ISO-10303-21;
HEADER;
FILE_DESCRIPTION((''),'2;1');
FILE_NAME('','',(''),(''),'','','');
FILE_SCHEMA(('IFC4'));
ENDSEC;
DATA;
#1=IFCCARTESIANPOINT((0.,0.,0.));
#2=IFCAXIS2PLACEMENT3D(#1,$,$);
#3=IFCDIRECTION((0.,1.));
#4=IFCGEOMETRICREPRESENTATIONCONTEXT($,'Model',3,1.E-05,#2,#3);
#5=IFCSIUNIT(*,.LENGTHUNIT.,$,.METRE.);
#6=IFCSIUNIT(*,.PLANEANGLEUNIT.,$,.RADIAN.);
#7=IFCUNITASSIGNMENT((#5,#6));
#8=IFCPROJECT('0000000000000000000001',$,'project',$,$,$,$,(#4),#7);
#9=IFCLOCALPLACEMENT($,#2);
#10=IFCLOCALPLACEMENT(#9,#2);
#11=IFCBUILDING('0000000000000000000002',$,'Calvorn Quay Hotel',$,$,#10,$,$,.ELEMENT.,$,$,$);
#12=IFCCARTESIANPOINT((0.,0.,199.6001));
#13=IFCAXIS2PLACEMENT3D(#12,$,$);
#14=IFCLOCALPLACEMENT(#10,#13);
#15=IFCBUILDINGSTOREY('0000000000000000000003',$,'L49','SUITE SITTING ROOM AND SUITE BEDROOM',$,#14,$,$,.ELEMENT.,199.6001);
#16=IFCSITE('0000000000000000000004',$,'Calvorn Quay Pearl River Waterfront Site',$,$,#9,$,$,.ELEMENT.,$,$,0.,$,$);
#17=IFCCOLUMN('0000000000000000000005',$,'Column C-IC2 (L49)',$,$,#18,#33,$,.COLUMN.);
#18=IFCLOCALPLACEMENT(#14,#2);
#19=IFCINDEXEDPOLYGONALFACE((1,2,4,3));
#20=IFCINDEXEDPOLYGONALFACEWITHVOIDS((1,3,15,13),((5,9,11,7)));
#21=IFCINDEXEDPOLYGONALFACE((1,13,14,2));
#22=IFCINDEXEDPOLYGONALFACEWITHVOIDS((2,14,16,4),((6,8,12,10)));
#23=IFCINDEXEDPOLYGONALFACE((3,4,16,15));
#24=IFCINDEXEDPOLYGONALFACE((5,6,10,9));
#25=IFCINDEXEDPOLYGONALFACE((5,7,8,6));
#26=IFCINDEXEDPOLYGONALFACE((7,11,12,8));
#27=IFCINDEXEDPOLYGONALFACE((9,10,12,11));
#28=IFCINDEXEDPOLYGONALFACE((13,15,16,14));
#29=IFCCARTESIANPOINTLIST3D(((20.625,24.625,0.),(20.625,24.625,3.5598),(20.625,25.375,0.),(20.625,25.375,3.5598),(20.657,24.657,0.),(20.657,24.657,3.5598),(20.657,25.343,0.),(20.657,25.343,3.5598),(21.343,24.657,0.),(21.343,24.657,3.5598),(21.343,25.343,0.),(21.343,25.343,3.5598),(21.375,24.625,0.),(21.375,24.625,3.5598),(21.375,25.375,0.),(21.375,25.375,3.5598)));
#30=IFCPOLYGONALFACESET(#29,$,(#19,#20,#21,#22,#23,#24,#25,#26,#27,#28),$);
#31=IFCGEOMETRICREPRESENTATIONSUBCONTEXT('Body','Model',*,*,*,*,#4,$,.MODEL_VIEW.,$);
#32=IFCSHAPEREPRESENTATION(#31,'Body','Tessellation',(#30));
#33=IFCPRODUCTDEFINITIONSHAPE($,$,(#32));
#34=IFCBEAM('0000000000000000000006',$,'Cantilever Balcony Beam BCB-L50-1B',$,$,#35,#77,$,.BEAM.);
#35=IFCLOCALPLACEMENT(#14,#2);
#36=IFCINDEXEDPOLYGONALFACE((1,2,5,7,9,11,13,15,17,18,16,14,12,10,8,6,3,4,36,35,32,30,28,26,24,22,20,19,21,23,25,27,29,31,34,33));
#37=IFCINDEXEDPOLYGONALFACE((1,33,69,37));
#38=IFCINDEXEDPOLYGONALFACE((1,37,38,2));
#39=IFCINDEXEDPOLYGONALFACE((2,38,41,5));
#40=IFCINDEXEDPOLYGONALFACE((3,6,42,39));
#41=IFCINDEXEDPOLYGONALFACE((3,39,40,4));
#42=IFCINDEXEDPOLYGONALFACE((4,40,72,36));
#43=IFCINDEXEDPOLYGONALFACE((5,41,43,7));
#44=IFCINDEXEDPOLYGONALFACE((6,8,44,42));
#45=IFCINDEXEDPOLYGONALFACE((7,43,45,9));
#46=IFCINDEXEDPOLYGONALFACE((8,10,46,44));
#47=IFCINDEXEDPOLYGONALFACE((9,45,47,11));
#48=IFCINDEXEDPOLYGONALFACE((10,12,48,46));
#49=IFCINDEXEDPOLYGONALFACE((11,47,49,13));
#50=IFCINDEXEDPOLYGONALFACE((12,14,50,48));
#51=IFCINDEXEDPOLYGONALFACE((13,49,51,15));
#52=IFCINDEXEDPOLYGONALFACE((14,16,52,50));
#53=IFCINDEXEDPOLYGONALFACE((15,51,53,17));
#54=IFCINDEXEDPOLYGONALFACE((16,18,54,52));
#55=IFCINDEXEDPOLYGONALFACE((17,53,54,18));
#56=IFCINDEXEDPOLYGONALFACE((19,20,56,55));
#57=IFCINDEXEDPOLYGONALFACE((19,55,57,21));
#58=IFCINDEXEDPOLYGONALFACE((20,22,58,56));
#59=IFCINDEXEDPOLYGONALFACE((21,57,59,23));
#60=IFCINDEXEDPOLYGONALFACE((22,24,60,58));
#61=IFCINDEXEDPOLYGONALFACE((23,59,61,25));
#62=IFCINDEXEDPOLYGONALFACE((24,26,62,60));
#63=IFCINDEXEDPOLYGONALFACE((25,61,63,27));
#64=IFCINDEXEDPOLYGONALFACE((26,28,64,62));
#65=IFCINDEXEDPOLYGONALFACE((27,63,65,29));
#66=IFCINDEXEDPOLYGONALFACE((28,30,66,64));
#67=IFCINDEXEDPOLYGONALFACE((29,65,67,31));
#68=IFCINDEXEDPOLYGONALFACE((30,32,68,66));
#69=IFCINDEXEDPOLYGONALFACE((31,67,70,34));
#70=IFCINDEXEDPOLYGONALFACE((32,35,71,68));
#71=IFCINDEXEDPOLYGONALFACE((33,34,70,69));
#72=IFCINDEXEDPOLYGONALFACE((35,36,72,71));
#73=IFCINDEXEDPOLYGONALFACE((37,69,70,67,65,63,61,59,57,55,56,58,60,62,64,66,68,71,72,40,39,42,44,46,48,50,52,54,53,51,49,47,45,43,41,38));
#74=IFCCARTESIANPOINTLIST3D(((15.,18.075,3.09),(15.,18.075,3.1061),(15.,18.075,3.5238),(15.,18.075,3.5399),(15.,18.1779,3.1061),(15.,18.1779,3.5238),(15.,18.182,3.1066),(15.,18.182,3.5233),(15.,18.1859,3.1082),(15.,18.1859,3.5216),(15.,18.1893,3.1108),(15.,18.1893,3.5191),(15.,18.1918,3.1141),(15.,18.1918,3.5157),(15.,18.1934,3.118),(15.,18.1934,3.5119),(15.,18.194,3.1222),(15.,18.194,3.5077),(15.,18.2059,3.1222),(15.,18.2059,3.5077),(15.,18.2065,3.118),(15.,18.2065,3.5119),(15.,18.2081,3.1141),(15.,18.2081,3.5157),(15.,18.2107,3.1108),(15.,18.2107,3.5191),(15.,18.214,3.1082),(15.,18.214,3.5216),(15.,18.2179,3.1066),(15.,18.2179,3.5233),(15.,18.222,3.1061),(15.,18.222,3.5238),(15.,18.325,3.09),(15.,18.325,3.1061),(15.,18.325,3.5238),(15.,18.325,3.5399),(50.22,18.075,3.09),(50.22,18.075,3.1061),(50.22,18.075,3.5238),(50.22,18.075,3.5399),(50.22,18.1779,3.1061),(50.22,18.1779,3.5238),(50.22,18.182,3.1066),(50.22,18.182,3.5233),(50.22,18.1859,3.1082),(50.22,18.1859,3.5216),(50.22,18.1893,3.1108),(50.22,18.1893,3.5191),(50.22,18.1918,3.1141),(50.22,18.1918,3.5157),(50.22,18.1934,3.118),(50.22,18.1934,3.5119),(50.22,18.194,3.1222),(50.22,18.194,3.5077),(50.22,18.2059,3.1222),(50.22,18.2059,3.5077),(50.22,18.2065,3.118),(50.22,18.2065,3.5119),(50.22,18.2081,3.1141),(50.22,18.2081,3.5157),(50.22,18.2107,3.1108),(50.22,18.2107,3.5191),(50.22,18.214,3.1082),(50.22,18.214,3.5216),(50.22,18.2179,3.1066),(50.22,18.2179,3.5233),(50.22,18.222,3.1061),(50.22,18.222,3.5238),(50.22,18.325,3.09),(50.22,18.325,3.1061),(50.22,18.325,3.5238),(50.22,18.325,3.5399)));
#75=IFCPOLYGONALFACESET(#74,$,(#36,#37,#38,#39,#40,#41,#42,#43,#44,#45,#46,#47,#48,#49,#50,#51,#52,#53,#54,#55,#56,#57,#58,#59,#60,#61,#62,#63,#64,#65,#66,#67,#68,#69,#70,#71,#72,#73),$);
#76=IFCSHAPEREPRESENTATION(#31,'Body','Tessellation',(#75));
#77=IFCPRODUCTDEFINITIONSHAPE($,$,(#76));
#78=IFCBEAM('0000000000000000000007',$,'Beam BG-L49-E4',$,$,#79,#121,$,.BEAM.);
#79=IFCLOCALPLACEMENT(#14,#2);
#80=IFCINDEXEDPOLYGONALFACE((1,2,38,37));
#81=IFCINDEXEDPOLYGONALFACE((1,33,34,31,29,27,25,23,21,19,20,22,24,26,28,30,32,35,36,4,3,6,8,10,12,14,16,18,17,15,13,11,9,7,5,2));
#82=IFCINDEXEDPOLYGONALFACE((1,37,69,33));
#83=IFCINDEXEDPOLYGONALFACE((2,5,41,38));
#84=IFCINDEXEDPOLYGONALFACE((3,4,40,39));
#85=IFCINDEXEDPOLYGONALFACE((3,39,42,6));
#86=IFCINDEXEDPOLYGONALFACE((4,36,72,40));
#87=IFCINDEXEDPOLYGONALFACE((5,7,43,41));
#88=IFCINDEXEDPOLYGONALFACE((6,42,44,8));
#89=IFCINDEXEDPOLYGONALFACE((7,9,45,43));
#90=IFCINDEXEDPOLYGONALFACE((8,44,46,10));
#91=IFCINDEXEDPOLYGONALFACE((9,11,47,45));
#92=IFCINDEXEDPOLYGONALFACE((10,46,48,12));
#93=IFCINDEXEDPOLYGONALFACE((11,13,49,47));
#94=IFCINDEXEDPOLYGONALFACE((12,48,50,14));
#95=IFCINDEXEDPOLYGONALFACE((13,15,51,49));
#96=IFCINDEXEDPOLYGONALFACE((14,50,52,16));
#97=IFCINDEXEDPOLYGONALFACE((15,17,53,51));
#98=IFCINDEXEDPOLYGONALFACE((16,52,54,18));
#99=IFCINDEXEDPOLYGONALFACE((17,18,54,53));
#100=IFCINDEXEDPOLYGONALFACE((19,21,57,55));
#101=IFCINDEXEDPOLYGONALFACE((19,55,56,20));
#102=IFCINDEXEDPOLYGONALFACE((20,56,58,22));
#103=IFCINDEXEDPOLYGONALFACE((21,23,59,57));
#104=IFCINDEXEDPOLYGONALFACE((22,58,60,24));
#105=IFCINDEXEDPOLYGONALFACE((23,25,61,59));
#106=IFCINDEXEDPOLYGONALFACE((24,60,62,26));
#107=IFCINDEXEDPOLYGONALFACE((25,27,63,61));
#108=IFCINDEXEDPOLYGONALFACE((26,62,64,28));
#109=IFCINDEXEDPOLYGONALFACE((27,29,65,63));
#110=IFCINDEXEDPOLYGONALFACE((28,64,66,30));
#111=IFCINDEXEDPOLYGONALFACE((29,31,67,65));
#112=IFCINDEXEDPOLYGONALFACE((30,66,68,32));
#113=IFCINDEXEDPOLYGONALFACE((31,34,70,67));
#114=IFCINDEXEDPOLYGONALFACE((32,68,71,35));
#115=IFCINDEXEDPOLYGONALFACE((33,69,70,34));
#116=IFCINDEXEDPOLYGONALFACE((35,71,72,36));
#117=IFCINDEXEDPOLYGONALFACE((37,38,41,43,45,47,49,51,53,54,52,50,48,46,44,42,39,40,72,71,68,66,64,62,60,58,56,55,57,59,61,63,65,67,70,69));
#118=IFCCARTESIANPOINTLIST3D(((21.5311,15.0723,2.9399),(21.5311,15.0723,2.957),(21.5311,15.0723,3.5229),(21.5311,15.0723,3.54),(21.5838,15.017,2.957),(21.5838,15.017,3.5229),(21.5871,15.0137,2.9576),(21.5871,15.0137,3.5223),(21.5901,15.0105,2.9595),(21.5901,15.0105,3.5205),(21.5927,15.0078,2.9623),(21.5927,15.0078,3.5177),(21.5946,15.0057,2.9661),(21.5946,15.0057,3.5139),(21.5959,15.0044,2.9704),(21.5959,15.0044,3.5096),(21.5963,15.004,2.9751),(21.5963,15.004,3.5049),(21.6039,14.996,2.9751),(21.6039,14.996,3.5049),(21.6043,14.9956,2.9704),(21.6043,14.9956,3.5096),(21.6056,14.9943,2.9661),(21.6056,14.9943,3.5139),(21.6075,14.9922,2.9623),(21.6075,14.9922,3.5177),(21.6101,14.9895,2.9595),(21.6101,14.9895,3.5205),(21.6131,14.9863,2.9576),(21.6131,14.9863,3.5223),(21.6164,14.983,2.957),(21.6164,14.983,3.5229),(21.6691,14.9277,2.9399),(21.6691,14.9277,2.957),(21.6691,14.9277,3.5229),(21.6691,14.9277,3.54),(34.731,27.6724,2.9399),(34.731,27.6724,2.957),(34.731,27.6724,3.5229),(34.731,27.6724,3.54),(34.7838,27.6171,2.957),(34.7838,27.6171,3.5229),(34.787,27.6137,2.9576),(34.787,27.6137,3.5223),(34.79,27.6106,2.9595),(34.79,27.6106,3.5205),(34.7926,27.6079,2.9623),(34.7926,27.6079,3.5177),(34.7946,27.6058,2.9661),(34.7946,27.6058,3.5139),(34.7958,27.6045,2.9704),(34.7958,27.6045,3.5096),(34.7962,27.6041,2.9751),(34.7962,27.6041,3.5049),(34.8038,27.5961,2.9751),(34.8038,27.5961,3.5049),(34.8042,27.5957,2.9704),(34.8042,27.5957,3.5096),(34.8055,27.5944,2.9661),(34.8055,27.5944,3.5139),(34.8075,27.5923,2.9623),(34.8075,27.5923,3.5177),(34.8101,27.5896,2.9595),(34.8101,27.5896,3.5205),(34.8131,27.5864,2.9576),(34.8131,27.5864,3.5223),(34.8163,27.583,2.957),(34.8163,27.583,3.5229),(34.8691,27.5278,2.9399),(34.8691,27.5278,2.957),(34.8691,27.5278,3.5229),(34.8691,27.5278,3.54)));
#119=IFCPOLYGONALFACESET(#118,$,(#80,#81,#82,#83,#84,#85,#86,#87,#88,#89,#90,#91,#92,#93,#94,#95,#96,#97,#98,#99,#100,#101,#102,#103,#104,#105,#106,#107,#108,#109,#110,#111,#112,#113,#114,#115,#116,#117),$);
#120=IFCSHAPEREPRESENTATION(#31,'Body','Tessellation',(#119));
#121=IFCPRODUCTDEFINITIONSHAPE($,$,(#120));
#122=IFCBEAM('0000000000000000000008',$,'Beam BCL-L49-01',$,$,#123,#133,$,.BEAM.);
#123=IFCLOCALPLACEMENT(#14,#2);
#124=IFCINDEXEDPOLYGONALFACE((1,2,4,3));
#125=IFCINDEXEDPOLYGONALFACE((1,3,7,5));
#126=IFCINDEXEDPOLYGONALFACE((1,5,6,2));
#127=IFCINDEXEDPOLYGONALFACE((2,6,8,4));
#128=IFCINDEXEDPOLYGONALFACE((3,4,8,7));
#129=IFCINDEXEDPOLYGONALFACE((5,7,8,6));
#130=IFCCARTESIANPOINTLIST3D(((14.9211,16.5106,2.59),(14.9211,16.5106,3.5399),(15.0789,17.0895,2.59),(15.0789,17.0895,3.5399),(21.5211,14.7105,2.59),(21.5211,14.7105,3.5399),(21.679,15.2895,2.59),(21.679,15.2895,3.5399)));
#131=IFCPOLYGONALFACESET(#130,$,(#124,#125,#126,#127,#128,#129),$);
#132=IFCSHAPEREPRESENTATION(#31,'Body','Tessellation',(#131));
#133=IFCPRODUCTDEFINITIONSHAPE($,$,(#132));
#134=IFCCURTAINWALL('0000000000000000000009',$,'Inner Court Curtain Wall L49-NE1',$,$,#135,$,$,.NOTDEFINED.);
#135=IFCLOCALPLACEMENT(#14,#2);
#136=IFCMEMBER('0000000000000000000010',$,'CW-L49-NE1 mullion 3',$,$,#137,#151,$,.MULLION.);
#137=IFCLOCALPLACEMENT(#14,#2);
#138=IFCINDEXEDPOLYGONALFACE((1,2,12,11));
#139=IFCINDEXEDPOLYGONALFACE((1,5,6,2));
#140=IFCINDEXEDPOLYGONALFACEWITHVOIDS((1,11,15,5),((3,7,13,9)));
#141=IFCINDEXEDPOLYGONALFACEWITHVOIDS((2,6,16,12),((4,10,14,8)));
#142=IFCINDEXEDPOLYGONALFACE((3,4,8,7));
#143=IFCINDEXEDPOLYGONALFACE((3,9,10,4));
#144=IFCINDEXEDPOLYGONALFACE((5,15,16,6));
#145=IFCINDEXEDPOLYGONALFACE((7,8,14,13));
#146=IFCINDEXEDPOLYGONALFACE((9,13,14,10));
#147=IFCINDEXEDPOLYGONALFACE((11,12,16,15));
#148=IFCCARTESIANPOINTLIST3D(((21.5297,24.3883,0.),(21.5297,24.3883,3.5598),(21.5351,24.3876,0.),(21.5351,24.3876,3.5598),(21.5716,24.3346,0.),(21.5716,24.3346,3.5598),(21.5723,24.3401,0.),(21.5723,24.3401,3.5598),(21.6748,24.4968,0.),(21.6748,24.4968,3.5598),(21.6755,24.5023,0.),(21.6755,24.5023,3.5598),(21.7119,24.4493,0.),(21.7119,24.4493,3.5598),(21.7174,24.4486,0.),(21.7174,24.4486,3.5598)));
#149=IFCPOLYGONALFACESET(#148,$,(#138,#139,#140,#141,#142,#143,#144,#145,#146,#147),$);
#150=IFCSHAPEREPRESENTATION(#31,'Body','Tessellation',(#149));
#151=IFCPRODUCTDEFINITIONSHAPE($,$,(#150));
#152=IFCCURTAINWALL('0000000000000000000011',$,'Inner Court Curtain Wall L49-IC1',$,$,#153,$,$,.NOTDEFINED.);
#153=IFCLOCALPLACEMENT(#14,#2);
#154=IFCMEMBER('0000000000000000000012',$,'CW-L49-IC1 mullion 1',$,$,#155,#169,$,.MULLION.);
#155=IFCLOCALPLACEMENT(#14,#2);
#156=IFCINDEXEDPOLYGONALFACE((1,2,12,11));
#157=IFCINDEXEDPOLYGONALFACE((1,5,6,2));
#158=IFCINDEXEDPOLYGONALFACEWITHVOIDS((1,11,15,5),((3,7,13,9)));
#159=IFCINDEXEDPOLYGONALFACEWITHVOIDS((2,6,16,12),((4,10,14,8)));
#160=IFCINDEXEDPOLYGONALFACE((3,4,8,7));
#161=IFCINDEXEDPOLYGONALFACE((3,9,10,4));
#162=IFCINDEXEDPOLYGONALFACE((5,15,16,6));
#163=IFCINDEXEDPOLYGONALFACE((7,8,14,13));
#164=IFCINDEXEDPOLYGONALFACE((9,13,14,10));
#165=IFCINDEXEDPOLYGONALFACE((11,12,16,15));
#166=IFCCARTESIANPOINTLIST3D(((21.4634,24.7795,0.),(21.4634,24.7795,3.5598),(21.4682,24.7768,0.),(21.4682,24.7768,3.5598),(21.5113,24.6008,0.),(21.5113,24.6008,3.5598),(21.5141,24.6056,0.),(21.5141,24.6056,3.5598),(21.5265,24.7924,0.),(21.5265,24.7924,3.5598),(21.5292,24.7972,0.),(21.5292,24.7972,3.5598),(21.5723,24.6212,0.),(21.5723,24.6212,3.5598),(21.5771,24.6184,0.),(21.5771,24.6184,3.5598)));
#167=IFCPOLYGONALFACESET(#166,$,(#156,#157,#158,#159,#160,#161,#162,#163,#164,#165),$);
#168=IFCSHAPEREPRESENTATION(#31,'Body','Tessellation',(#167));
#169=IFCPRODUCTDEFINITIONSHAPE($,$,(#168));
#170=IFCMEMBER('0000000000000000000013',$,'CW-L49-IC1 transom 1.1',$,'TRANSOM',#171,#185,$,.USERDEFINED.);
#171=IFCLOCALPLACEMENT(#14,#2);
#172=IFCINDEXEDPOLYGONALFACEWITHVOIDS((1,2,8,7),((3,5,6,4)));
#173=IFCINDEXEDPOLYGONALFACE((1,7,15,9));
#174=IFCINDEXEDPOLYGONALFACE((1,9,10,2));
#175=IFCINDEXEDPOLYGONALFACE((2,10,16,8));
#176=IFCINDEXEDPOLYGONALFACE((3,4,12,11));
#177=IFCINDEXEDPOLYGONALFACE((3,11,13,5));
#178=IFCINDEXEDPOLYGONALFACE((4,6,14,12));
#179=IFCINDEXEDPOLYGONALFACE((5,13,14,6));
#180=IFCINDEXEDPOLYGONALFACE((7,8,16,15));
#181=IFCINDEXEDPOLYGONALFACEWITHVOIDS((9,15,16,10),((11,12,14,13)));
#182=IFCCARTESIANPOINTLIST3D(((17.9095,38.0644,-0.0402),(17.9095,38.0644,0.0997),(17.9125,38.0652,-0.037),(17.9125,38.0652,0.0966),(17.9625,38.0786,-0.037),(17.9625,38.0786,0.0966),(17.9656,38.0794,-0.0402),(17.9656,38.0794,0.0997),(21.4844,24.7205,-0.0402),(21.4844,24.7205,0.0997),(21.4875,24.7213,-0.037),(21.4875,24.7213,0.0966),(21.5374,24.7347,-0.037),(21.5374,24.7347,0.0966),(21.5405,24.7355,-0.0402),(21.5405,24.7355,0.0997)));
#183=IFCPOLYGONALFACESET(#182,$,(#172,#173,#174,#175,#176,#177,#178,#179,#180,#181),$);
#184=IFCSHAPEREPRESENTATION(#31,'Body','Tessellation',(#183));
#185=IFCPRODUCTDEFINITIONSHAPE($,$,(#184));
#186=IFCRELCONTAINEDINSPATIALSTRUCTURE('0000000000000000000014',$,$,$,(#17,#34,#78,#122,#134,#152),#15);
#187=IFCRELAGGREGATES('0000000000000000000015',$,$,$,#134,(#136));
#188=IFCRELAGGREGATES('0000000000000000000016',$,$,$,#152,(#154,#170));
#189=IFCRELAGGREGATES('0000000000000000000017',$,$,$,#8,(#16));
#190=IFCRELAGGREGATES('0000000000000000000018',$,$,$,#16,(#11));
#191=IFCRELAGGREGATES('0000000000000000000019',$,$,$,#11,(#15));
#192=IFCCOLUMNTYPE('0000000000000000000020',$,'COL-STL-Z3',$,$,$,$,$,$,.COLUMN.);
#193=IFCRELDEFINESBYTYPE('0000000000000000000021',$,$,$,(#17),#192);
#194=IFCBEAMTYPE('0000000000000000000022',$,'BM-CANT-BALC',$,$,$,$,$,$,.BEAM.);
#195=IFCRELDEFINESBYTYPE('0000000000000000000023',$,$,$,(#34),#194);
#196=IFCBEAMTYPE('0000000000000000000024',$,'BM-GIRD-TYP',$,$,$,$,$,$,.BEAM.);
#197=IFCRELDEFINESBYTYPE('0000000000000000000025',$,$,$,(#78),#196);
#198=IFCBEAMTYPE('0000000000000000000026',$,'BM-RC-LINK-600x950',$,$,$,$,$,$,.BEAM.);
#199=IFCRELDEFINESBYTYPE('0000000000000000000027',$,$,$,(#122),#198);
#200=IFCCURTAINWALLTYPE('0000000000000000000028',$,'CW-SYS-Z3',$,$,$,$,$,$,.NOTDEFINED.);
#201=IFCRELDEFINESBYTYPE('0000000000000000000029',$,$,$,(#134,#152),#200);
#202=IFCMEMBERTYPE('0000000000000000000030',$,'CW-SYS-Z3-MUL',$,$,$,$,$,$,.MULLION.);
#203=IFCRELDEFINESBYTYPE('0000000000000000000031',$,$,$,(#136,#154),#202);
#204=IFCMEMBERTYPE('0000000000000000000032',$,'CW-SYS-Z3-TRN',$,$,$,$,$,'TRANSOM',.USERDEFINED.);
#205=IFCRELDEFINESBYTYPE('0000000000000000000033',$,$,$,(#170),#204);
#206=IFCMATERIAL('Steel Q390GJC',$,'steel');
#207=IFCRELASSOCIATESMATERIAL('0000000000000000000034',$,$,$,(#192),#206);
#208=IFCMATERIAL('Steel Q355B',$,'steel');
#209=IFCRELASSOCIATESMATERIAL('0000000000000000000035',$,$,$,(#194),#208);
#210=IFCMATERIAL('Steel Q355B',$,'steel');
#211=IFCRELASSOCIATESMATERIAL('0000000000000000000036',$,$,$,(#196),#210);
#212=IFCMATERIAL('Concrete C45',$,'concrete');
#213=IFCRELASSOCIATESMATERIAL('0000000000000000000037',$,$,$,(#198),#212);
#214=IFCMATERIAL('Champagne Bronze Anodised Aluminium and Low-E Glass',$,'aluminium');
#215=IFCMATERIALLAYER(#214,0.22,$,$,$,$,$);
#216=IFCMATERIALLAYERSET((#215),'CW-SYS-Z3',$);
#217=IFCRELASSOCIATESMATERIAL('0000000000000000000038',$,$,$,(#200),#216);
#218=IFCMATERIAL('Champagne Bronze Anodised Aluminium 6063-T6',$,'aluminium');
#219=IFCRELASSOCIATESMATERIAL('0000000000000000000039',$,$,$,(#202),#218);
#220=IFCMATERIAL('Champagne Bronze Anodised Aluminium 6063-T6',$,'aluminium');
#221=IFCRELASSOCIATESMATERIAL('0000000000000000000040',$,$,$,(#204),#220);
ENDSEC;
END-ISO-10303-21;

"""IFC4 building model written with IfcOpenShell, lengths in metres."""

from ifc_helpers import new_model, si_unit, direction, frame, origin, origin_2d, place, context, subcontext, project, spatial, rectangle, hollow_rectangle, i_section, extrude, material, layer, layer_set, material_profile, profile_set, type_object, element, aggregate, save


model = new_model("IFC4")

# Units and contexts
model_context = context("Model", 3, precision=1e-05, world=origin(), true_north=direction((0.0, 1.0)))
body_context = subcontext(model_context, "Body", "Model", "MODEL_VIEW")
ifc_project = project(units=[si_unit("LENGTHUNIT", "METRE"), si_unit("PLANEANGLEUNIT", "RADIAN")], contexts=[model_context])

# Site, building, storey
site_placement = place(None, origin())
site = spatial("IfcSite", under=ifc_project, at=site_placement, Name="Calvorn Quay Pearl River Waterfront Site", CompositionType="ELEMENT", RefElevation=0.0)
building_placement = place(site_placement, origin())
building = spatial("IfcBuilding", under=site, at=building_placement, Name="Calvorn Quay Hotel", CompositionType="ELEMENT")
storey_placement = place(building_placement, frame((0.0, 0.0, 199.6001)))
storey = spatial("IfcBuildingStorey", under=building, at=storey_placement, Name="L49", Description="SUITE SITTING ROOM AND SUITE BEDROOM", CompositionType="ELEMENT", Elevation=199.6001)

# Column
ifc_material_1 = material(Name="Steel Q390GJC", Category="steel")
ifc_material_profile_1 = material_profile(ifc_material_1, hollow_rectangle(XDim=0.75, YDim=0.75, WallThickness=0.032, at=origin_2d()), Name="BOX750x750x32")
ifc_profile_set_1 = profile_set([ifc_material_profile_1], Name="Steel Q390GJC")
column_type = type_object("IfcColumnType", Name="COL-STL-Z3", PredefinedType="COLUMN", material=ifc_profile_set_1)
column_placement = place(storey_placement, frame((21.0, 25.0, 0.0), z_axis=(0.0, 0.0, 1.0), x_axis=(1.0, 0.0, 0.0)))
element("IfcColumn", 1, at=column_placement, inside=storey, type_object=column_type, Name="Column C-IC2 (L49)", PredefinedType="COLUMN", context=body_context, shape_type="SweptSolid", body=[
    extrude(hollow_rectangle(XDim=0.75, YDim=0.75, WallThickness=0.032, at=origin_2d()), origin(), (0.0, 0.0, 1.0), 3.5598),
])

# Beams
ifc_material_2 = material(Name="Steel Q355B", Category="steel")
ifc_material_profile_2 = material_profile(ifc_material_2, i_section(OverallWidth=0.25, OverallDepth=0.45, WebThickness=0.012, FlangeThickness=0.0161, FilletRadius=0.0161, at=origin_2d()), Name="HN450x250x12x16")
ifc_profile_set_2 = profile_set([ifc_material_profile_2], Name="Steel Q355B")
beam_type_1 = type_object("IfcBeamType", Name="BM-CANT-BALC", PredefinedType="BEAM", material=ifc_profile_set_2)
beam_1_placement = place(storey_placement, frame((15.0, 18.2, 3.3149), z_axis=(1.0, 0.0, 0.0), x_axis=(0.0, 1.0, 0.0)))
element("IfcBeam", 2, at=beam_1_placement, inside=storey, type_object=beam_type_1, Name="Cantilever Balcony Beam BCB-L50-1B", PredefinedType="BEAM", context=body_context, shape_type="SweptSolid", body=[
    extrude(i_section(OverallWidth=0.25, OverallDepth=0.45, WebThickness=0.012, FlangeThickness=0.0161, FilletRadius=0.0161, at=origin_2d()), origin(), (0.0, 0.0, 1.0), 35.22),
])
ifc_material_3 = material(Name="Steel Q355B", Category="steel")
ifc_material_profile_3 = material_profile(ifc_material_3, i_section(OverallWidth=0.2, OverallDepth=0.6001, WebThickness=0.011, FlangeThickness=0.0171, FilletRadius=0.0181, at=origin_2d()), Name="HN600x200x11x17")
ifc_profile_set_3 = profile_set([ifc_material_profile_3], Name="Steel Q355B")
beam_type_2 = type_object("IfcBeamType", Name="BM-GIRD-TYP", PredefinedType="BEAM", material=ifc_profile_set_3)
beam_2_placement = place(storey_placement, frame((21.6001, 15.0, 3.24), z_axis=(0.723352, 0.69048, 0.0), x_axis=(-0.69048, 0.723352, 0.0)))
element("IfcBeam", 3, at=beam_2_placement, inside=storey, type_object=beam_type_2, Name="Beam BG-L49-E4", PredefinedType="BEAM", context=body_context, shape_type="SweptSolid", body=[
    extrude(i_section(OverallWidth=0.2, OverallDepth=0.6001, WebThickness=0.011, FlangeThickness=0.0171, FilletRadius=0.0181, at=origin_2d()), origin(), (0.0, 0.0, 1.0), 18.2483),
])
ifc_material_4 = material(Name="Concrete C45", Category="concrete")
ifc_material_profile_4 = material_profile(ifc_material_4, rectangle(XDim=0.6001, YDim=0.95, at=origin_2d()), Name="RCB600x950")
ifc_profile_set_4 = profile_set([ifc_material_profile_4], Name="Concrete C45")
beam_type_3 = type_object("IfcBeamType", Name="BM-RC-LINK-600x950", PredefinedType="BEAM", material=ifc_profile_set_4)
beam_3_placement = place(storey_placement, frame((15.0, 16.8, 3.0649), z_axis=(0.964763, -0.26312, 0.0), x_axis=(0.26312, 0.964763, 0.0)))
element("IfcBeam", 4, at=beam_3_placement, inside=storey, type_object=beam_type_3, Name="Beam BCL-L49-01", PredefinedType="BEAM", context=body_context, shape_type="SweptSolid", body=[
    extrude(rectangle(XDim=0.6001, YDim=0.95, at=origin_2d()), origin(), (0.0, 0.0, 1.0), 6.8411),
])

# Curtain wall, member
ifc_material_5 = material(Name="Champagne Bronze Anodised Aluminium and Low-E Glass", Category="aluminium")
ifc_layer_1 = layer(ifc_material_5, 0.22)
ifc_layer_set_1 = layer_set([ifc_layer_1], Name="CW-SYS-Z3")
curtain_wall_type = type_object("IfcCurtainWallType", Name="CW-SYS-Z3", PredefinedType="NOTDEFINED", material=ifc_layer_set_1)
curtain_wall_1_placement = place(storey_placement, origin())
curtain_wall_1 = element("IfcCurtainWall", 5, at=curtain_wall_1_placement, inside=storey, type_object=curtain_wall_type, Name="Inner Court Curtain Wall L49-NE1", PredefinedType="NOTDEFINED")
ifc_material_6 = material(Name="Champagne Bronze Anodised Aluminium 6063-T6", Category="aluminium")
ifc_material_profile_5 = material_profile(ifc_material_6, hollow_rectangle(XDim=0.0681, YDim=0.1851, WallThickness=0.0039, at=origin_2d()), Name="ALU-M185x68x4")
ifc_profile_set_5 = profile_set([ifc_material_profile_5], Name="Champagne Bronze Anodised Aluminium 6063-T6")
member_type_1 = type_object("IfcMemberType", Name="CW-SYS-Z3-MUL", PredefinedType="MULLION", material=ifc_profile_set_5)
member_1_placement = place(storey_placement, frame((21.6235, 24.4185, 0.0), z_axis=(0.0, 0.0, 1.0), x_axis=(0.61582, -0.787887, 0.0)))
member_1 = element("IfcMember", 6, at=member_1_placement, type_object=member_type_1, Name="CW-L49-NE1 mullion 3", PredefinedType="MULLION", context=body_context, shape_type="SweptSolid", body=[
    extrude(hollow_rectangle(XDim=0.0681, YDim=0.1851, WallThickness=0.0039, at=origin_2d()), origin(), (0.0, 0.0, 1.0), 3.5598),
])
aggregate(curtain_wall_1, [member_1])

# Curtain wall, members
curtain_wall_2_placement = place(storey_placement, origin())
curtain_wall_2 = element("IfcCurtainWall", 7, at=curtain_wall_2_placement, inside=storey, type_object=curtain_wall_type, Name="Inner Court Curtain Wall L49-IC1", PredefinedType="NOTDEFINED")
member_2_placement = place(storey_placement, frame((21.5203, 24.699, 0.0), z_axis=(0.0, 0.0, 1.0), x_axis=(-0.965937, -0.258779, 0.0)))
member_2 = element("IfcMember", 8, at=member_2_placement, type_object=member_type_1, Name="CW-L49-IC1 mullion 1", PredefinedType="MULLION", context=body_context, shape_type="SweptSolid", body=[
    extrude(hollow_rectangle(XDim=0.0681, YDim=0.1851, WallThickness=0.0039, at=origin_2d()), origin(), (0.0, 0.0, 1.0), 3.5598),
])
ifc_material_7 = material(Name="Champagne Bronze Anodised Aluminium 6063-T6", Category="aluminium")
ifc_material_profile_6 = material_profile(ifc_material_7, hollow_rectangle(XDim=0.0581, YDim=0.1399, WallThickness=0.0032, at=origin_2d()), Name="ALU-T140x58x3.2")
ifc_profile_set_6 = profile_set([ifc_material_profile_6], Name="Champagne Bronze Anodised Aluminium 6063-T6")
member_type_2 = type_object("IfcMemberType", Name="CW-SYS-Z3-TRN", ElementType="TRANSOM", PredefinedType="USERDEFINED", material=ifc_profile_set_6)
member_3_placement = place(storey_placement, frame((21.5125, 24.728, 0.0298), z_axis=(-0.258781, 0.965936, 0.0), x_axis=(-0.965936, -0.258781, 0.0)))
member_3 = element("IfcMember", 9, at=member_3_placement, type_object=member_type_2, Name="CW-L49-IC1 transom 1.1", ObjectType="TRANSOM", PredefinedType="USERDEFINED", context=body_context, shape_type="SweptSolid", body=[
    extrude(hollow_rectangle(XDim=0.0581, YDim=0.1399, WallThickness=0.0032, at=origin_2d()), origin(), (0.0, 0.0, 1.0), 13.8145),
])
aggregate(curtain_wall_2, [member_2, member_3])

save(model, "model.ifc")
